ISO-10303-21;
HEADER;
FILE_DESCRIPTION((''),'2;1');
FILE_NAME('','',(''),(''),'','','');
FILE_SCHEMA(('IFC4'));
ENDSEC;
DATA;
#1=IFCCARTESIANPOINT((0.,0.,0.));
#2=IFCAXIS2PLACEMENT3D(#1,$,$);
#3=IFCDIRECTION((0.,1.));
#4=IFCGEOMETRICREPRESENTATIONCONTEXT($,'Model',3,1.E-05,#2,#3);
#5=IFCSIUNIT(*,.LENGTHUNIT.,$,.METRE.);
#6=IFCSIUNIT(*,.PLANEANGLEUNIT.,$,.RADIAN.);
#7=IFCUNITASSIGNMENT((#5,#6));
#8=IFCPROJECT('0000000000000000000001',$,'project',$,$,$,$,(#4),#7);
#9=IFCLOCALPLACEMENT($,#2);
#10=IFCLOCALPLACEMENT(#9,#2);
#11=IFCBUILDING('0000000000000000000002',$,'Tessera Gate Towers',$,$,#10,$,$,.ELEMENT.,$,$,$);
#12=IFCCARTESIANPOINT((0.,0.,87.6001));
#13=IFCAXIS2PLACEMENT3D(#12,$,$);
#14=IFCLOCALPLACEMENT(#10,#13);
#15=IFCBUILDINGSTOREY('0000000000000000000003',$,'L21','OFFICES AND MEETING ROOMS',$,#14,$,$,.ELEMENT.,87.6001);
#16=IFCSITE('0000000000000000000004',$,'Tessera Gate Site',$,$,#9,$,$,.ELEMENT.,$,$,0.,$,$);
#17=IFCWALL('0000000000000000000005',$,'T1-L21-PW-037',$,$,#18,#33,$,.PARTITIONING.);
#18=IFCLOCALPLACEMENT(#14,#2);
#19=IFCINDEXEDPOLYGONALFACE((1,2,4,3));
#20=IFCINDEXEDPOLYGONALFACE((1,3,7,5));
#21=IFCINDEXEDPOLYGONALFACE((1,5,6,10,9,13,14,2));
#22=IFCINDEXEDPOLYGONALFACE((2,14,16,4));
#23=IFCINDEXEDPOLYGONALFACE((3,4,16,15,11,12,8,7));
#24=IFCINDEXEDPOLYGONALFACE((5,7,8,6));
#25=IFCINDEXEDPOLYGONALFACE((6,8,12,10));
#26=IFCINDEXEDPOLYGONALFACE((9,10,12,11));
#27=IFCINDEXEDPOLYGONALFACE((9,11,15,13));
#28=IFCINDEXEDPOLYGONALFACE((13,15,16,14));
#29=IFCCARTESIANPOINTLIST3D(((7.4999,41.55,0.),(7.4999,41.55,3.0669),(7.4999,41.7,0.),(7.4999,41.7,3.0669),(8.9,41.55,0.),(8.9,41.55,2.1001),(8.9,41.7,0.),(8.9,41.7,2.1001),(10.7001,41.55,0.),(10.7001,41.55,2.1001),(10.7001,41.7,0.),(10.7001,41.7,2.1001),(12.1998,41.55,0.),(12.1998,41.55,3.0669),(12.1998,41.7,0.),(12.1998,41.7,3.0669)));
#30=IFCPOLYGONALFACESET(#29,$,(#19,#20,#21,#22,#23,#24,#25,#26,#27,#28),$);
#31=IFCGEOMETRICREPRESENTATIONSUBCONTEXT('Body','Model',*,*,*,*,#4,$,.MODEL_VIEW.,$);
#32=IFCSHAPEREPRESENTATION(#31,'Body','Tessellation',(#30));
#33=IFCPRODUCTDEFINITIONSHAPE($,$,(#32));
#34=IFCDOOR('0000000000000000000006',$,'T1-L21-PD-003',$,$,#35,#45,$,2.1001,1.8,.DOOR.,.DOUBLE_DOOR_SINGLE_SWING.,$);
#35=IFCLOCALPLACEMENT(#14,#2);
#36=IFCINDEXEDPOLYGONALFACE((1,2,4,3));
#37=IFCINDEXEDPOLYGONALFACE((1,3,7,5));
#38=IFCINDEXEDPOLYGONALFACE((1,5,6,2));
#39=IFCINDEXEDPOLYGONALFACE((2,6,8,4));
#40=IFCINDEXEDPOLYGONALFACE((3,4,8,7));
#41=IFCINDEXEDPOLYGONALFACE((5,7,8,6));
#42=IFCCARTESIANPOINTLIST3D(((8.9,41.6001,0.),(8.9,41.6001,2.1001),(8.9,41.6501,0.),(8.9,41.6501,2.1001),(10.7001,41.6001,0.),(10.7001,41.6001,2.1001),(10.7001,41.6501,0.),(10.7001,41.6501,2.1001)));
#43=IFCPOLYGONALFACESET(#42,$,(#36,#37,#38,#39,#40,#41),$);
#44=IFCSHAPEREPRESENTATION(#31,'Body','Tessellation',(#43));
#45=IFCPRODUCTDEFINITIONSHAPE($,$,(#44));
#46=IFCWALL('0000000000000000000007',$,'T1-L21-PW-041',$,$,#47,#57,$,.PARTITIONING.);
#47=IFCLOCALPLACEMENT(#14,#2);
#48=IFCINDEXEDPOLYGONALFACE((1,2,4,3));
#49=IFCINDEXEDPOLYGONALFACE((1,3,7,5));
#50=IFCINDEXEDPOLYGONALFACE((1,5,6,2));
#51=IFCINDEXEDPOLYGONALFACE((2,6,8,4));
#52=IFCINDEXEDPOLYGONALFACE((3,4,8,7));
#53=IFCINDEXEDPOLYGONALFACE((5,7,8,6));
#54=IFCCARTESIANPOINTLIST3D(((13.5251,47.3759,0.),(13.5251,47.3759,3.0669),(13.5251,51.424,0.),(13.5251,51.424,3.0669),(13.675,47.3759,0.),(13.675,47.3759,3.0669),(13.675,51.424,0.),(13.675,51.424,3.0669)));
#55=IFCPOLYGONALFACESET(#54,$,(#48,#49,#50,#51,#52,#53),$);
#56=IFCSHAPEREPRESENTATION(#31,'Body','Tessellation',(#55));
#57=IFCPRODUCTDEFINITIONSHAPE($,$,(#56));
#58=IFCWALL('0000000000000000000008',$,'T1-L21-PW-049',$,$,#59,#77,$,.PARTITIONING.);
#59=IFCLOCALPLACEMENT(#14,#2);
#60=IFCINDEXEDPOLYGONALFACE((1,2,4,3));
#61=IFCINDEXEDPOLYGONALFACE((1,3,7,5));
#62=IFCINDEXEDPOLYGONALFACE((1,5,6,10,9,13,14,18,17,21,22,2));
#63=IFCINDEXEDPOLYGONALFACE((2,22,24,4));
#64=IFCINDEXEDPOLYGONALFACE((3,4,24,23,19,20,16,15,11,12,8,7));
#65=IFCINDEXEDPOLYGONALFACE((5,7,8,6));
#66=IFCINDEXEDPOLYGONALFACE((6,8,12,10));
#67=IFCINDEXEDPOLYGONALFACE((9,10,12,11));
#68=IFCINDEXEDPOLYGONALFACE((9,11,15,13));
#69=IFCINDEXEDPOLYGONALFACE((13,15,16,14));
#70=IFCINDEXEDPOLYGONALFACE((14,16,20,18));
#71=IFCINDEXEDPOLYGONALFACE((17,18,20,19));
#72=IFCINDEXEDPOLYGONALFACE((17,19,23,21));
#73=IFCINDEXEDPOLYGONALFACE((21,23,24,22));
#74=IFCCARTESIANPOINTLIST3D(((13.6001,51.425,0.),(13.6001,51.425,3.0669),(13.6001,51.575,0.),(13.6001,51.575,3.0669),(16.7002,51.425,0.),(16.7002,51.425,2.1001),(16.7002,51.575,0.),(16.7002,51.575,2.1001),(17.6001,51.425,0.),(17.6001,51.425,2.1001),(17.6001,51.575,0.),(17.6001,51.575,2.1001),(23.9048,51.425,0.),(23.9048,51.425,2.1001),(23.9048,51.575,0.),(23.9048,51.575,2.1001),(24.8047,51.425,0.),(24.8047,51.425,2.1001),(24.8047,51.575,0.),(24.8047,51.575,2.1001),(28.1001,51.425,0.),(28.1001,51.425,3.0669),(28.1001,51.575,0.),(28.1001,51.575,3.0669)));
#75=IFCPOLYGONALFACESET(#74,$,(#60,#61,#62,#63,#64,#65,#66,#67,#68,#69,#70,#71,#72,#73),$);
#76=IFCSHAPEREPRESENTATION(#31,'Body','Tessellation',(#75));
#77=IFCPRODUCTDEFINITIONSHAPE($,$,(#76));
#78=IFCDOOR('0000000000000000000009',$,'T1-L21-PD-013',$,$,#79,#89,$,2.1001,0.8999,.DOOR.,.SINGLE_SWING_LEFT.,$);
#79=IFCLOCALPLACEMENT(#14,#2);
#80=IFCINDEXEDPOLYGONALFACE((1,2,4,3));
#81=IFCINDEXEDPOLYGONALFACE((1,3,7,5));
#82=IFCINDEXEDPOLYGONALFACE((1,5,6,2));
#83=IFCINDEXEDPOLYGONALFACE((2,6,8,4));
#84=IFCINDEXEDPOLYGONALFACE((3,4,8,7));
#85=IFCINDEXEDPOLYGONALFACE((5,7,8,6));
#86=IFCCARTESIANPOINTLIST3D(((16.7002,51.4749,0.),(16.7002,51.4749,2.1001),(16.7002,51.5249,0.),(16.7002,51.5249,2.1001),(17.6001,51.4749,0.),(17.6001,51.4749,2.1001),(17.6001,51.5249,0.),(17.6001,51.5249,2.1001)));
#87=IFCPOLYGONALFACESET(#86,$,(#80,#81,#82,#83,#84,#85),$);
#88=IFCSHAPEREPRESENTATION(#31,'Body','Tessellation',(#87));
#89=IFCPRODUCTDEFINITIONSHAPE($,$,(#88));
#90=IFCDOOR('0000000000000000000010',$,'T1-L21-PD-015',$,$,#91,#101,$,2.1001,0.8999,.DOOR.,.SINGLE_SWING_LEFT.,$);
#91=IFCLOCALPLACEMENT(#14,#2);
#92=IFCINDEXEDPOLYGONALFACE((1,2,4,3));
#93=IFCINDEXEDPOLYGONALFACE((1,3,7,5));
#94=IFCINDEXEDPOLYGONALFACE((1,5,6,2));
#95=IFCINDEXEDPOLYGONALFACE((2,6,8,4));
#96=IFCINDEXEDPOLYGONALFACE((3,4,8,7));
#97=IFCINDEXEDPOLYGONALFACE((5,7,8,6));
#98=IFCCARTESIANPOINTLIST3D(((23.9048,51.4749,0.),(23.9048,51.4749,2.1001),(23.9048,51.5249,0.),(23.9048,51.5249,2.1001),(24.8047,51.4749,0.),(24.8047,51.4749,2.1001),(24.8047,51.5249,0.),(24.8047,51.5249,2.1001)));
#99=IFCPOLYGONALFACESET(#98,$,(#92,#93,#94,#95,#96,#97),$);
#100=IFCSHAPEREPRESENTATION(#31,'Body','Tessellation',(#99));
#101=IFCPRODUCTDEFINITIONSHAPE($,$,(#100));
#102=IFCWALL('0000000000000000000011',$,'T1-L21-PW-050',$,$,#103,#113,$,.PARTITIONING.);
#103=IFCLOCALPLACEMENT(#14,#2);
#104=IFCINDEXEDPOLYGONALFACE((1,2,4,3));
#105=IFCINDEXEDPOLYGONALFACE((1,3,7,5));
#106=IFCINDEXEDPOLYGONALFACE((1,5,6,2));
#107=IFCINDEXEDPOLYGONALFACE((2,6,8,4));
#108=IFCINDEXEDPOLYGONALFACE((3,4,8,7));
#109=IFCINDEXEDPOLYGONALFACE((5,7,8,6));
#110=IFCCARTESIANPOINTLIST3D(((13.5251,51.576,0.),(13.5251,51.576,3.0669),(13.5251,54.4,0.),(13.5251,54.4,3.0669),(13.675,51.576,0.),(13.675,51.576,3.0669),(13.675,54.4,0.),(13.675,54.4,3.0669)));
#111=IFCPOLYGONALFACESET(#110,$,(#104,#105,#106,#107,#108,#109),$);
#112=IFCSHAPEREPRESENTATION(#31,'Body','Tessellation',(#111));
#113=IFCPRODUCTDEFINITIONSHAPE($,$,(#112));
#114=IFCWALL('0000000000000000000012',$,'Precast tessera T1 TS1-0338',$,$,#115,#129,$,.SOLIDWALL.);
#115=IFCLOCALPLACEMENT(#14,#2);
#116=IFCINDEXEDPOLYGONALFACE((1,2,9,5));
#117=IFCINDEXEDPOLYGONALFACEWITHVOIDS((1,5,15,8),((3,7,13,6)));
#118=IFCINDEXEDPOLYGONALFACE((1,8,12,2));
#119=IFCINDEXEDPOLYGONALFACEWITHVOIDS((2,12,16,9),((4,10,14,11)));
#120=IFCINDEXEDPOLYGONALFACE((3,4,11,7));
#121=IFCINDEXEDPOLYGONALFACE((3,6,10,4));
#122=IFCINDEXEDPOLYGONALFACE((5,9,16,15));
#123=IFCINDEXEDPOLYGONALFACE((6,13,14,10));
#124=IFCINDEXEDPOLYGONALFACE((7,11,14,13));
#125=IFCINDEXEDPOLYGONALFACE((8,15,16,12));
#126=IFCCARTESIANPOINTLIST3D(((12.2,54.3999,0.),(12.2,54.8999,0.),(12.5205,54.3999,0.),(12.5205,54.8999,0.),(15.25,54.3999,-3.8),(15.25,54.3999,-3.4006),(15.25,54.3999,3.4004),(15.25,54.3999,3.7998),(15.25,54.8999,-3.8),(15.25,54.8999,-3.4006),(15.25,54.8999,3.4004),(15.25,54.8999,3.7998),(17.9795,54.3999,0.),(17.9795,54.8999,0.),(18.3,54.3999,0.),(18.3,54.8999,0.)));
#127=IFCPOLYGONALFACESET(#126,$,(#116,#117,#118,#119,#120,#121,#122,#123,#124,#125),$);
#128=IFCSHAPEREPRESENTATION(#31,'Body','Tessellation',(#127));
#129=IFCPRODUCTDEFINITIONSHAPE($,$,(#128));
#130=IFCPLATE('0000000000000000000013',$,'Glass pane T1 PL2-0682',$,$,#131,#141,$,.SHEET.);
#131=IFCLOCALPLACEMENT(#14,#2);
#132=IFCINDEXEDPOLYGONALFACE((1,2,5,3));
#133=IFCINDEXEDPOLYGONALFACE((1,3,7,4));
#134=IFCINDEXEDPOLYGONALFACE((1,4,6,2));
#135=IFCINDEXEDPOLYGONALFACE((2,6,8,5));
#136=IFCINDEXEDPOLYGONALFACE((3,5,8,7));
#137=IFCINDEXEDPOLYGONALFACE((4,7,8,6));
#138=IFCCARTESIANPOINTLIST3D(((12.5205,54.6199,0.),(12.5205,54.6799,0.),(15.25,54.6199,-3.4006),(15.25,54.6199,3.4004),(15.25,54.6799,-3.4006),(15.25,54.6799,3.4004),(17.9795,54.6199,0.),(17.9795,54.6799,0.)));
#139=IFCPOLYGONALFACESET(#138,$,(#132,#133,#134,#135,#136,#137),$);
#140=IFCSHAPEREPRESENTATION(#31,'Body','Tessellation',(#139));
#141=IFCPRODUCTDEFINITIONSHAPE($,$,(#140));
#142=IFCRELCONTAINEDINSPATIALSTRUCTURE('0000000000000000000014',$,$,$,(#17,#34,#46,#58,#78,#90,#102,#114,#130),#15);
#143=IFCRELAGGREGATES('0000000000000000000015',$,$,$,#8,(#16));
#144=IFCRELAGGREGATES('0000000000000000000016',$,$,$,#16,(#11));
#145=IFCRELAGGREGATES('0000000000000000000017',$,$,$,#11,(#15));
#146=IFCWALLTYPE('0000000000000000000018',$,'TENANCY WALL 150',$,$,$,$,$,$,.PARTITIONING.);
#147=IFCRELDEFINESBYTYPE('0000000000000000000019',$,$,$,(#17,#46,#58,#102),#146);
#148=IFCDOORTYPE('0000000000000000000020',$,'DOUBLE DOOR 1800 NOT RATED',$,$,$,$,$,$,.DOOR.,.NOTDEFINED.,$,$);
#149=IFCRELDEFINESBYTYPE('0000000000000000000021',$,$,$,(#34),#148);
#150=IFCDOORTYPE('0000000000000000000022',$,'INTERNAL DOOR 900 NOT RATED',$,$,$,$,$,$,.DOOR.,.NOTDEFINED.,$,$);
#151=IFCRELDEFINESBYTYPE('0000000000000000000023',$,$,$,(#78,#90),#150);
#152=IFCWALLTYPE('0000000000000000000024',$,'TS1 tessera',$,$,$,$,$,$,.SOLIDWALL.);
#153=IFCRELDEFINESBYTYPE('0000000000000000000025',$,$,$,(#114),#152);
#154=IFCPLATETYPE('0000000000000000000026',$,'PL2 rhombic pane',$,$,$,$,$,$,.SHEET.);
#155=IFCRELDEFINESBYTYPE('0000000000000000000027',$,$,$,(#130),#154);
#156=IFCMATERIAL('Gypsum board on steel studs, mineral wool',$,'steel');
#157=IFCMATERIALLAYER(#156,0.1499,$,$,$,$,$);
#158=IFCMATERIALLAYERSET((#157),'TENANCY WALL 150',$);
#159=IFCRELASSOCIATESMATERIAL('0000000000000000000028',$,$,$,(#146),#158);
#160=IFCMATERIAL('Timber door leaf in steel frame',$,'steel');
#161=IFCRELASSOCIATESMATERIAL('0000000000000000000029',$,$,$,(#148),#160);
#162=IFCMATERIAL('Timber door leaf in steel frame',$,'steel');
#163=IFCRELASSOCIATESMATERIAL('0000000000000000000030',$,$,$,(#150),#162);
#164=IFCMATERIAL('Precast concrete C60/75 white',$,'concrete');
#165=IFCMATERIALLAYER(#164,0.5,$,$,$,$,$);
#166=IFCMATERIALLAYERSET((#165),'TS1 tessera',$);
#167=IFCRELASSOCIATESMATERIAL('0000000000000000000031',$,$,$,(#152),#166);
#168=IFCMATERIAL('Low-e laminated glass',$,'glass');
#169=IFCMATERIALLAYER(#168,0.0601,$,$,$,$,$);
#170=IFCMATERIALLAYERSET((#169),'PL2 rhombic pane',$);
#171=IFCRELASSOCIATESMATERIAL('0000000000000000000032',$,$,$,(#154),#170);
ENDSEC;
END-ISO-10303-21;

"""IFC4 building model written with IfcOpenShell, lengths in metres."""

from ifc_helpers import new_model, si_unit, direction, frame, frame_2d, origin, place, context, subcontext, project, spatial, polyline, rectangle, outline, extrude, source, transform, mapped, material, layer, layer_set, type_object, element, fill, save


model = new_model("IFC4")

# Units and contexts
model_context = context("Model", 3, precision=1e-05, world=origin(), true_north=direction((0.0, 1.0)))
body_context = subcontext(model_context, "Body", "Model", "MODEL_VIEW")
ifc_project = project(units=[si_unit("LENGTHUNIT", "METRE"), si_unit("PLANEANGLEUNIT", "RADIAN")], contexts=[model_context])

# Site, building, storey
site_placement = place(None, origin())
site = spatial("IfcSite", under=ifc_project, at=site_placement, Name="Tessera Gate Site", CompositionType="ELEMENT", RefElevation=0.0)
building_placement = place(site_placement, origin())
building = spatial("IfcBuilding", under=site, at=building_placement, Name="Tessera Gate Towers", CompositionType="ELEMENT")
storey_placement = place(building_placement, frame((0.0, 0.0, 87.6001)))
storey = spatial("IfcBuildingStorey", under=building, at=storey_placement, Name="L21", Description="OFFICES AND MEETING ROOMS", CompositionType="ELEMENT", Elevation=87.6001)

# Shared definitions
shared_shape_1 = source(origin(), body_context, "Body", "SweptSolid", [
    extrude(rectangle(XDim=0.8999, YDim=2.1001, at=frame_2d((0.45, 1.05))), frame((0.0, 0.0249, 0.0), z_axis=(0.0, -1.0, 0.0), x_axis=(1.0, 0.0, 0.0)), (0.0, 0.0, 1.0), 0.05),
])

# Shared definitions
ifc_material_1 = material(Name="Gypsum board on steel studs, mineral wool", Category="steel")
ifc_layer_1 = layer(ifc_material_1, 0.1499)
ifc_layer_set_1 = layer_set([ifc_layer_1], Name="TENANCY WALL 150")
wall_type_1 = type_object("IfcWallType", Name="TENANCY WALL 150", PredefinedType="PARTITIONING", material=ifc_layer_set_1)

# Wall, opening, door
wall_1_placement = place(storey_placement, frame((12.2, 41.625, 0.0), z_axis=(0.0, 0.0, 1.0), x_axis=(-1.0, 0.0, 0.0)))
wall_1 = element("IfcWall", 1, at=wall_1_placement, inside=storey, type_object=wall_type_1, Name="T1-L21-PW-037", PredefinedType="PARTITIONING", context=body_context, shape_type="SweptSolid", body=[
    extrude(rectangle(XDim=4.7, YDim=0.1499, at=frame_2d((2.3501, 0.0))), origin(), (0.0, 0.0, 1.0), 3.0669),
])
shared_shape_2 = source(origin(), body_context, "Body", "SweptSolid", [
    extrude(rectangle(XDim=1.8, YDim=2.1001, at=frame_2d((0.8999, 1.05))), frame((0.0, 0.085, 0.0), z_axis=(0.0, -1.0, 0.0), x_axis=(1.0, 0.0, 0.0)), (0.0, 0.0, 1.0), 0.1699),
])
opening_1_placement = place(wall_1_placement, frame((1.5, 0.0, 0.0)))
opening_1 = element("IfcOpeningElement", 2, at=opening_1_placement, cuts=wall_1, PredefinedType="OPENING", context=body_context, shape_type="MappedRepresentation", body=[
    mapped(shared_shape_2, transform((0.0, 0.0, 0.0), scale=1.0)),
])
ifc_material_2 = material(Name="Timber door leaf in steel frame", Category="steel")
door_type_1 = type_object("IfcDoorType", Name="DOUBLE DOOR 1800 NOT RATED", OperationType="NOTDEFINED", PredefinedType="DOOR", material=ifc_material_2)
shared_shape_3 = source(origin(), body_context, "Body", "SweptSolid", [
    extrude(rectangle(XDim=1.8, YDim=2.1001, at=frame_2d((0.8999, 1.05))), frame((0.0, 0.0249, 0.0), z_axis=(0.0, -1.0, 0.0), x_axis=(1.0, 0.0, 0.0)), (0.0, 0.0, 1.0), 0.05),
])
door_1_placement = place(opening_1_placement, origin())
door_1 = element("IfcDoor", 3, at=door_1_placement, inside=storey, type_object=door_type_1, Name="T1-L21-PD-003", OperationType="DOUBLE_DOOR_SINGLE_SWING", OverallHeight=2.1001, OverallWidth=1.8, PredefinedType="DOOR", context=body_context, shape_type="MappedRepresentation", body=[
    mapped(shared_shape_3, transform((0.0, 0.0, 0.0), scale=1.0)),
])
fill(opening_1, door_1)

# Wall
wall_2_placement = place(storey_placement, frame((13.6001, 47.376, 0.0), z_axis=(0.0, 0.0, 1.0), x_axis=(0.0, 1.0, 0.0)))
element("IfcWall", 4, at=wall_2_placement, inside=storey, type_object=wall_type_1, Name="T1-L21-PW-041", PredefinedType="PARTITIONING", context=body_context, shape_type="SweptSolid", body=[
    extrude(rectangle(XDim=4.0481, YDim=0.1499, at=frame_2d((2.0239, 0.0))), origin(), (0.0, 0.0, 1.0), 3.0669),
])

# Wall, openings, doors
wall_3_placement = place(storey_placement, frame((13.6001, 51.5, 0.0), z_axis=(0.0, 0.0, 1.0), x_axis=(1.0, 0.0, 0.0)))
wall_3 = element("IfcWall", 5, at=wall_3_placement, inside=storey, type_object=wall_type_1, Name="T1-L21-PW-049", PredefinedType="PARTITIONING", context=body_context, shape_type="SweptSolid", body=[
    extrude(rectangle(XDim=14.5, YDim=0.1499, at=frame_2d((7.25, 0.0))), origin(), (0.0, 0.0, 1.0), 3.0669),
])
shared_shape_4 = source(origin(), body_context, "Body", "SweptSolid", [
    extrude(rectangle(XDim=0.8999, YDim=2.1001, at=frame_2d((0.45, 1.05))), frame((0.0, 0.085, 0.0), z_axis=(0.0, -1.0, 0.0), x_axis=(1.0, 0.0, 0.0)), (0.0, 0.0, 1.0), 0.1699),
])
opening_2_placement = place(wall_3_placement, frame((3.1001, 0.0, 0.0)))
opening_2 = element("IfcOpeningElement", 6, at=opening_2_placement, cuts=wall_3, PredefinedType="OPENING", context=body_context, shape_type="MappedRepresentation", body=[
    mapped(shared_shape_4, transform((0.0, 0.0, 0.0), scale=1.0)),
])
opening_3_placement = place(wall_3_placement, frame((10.3047, 0.0, 0.0)))
opening_3 = element("IfcOpeningElement", 7, at=opening_3_placement, cuts=wall_3, PredefinedType="OPENING", context=body_context, shape_type="MappedRepresentation", body=[
    mapped(shared_shape_4, transform((0.0, 0.0, 0.0), scale=1.0)),
])
ifc_material_3 = material(Name="Timber door leaf in steel frame", Category="steel")
door_type_2 = type_object("IfcDoorType", Name="INTERNAL DOOR 900 NOT RATED", OperationType="NOTDEFINED", PredefinedType="DOOR", material=ifc_material_3)
door_2_placement = place(opening_2_placement, origin())
door_2 = element("IfcDoor", 8, at=door_2_placement, inside=storey, type_object=door_type_2, Name="T1-L21-PD-013", OperationType="SINGLE_SWING_LEFT", OverallHeight=2.1001, OverallWidth=0.8999, PredefinedType="DOOR", context=body_context, shape_type="MappedRepresentation", body=[
    mapped(shared_shape_1, transform((0.0, 0.0, 0.0), scale=1.0)),
])
fill(opening_2, door_2)
door_3_placement = place(opening_3_placement, origin())
door_3 = element("IfcDoor", 9, at=door_3_placement, inside=storey, type_object=door_type_2, Name="T1-L21-PD-015", OperationType="SINGLE_SWING_LEFT", OverallHeight=2.1001, OverallWidth=0.8999, PredefinedType="DOOR", context=body_context, shape_type="MappedRepresentation", body=[
    mapped(shared_shape_1, transform((0.0, 0.0, 0.0), scale=1.0)),
])
fill(opening_3, door_3)

# Wall
wall_4_placement = place(storey_placement, frame((13.6001, 51.5759, 0.0), z_axis=(0.0, 0.0, 1.0), x_axis=(0.0, 1.0, 0.0)))
element("IfcWall", 10, at=wall_4_placement, inside=storey, type_object=wall_type_1, Name="T1-L21-PW-050", PredefinedType="PARTITIONING", context=body_context, shape_type="SweptSolid", body=[
    extrude(rectangle(XDim=2.824, YDim=0.1499, at=frame_2d((1.4121, 0.0))), origin(), (0.0, 0.0, 1.0), 3.0669),
])

# Wall, opening, plate
ifc_material_4 = material(Name="Precast concrete C60/75 white", Category="concrete")
ifc_layer_2 = layer(ifc_material_4, 0.5)
ifc_layer_set_2 = layer_set([ifc_layer_2], Name="TS1 tessera")
wall_type_2 = type_object("IfcWallType", Name="TS1 tessera", PredefinedType="SOLIDWALL", material=ifc_layer_set_2)
shared_shape_5 = source(origin(), body_context, "Body", "SweptSolid", [
    extrude(outline(polyline([(3.05, 0.0), (6.1001, 3.8), (3.05, 7.5999), (0.0, 3.8), (3.05, 0.0)])), frame((0.0, 0.25, 0.0), z_axis=(0.0, -1.0, 0.0), x_axis=(1.0, 0.0, 0.0)), (0.0, 0.0, 1.0), 0.5),
])
wall_5_placement = place(storey_placement, frame((18.3, 54.6499, -3.8), z_axis=(0.0, 0.0, 1.0), x_axis=(-1.0, 0.0, 0.0)))
wall_5 = element("IfcWall", 11, at=wall_5_placement, inside=storey, type_object=wall_type_2, Name="Precast tessera T1 TS1-0338", PredefinedType="SOLIDWALL", context=body_context, shape_type="MappedRepresentation", body=[
    mapped(shared_shape_5, transform((0.0, 0.0, 0.0), scale=1.0)),
])
shared_shape_6 = source(origin(), body_context, "Body", "SweptSolid", [
    extrude(outline(polyline([(3.05, 0.3994), (5.7795, 3.8), (3.05, 7.2004), (0.3206, 3.8), (3.05, 0.3994)])), frame((0.0, 0.26, 0.0), z_axis=(0.0, -1.0, 0.0), x_axis=(1.0, 0.0, 0.0)), (0.0, 0.0, 1.0), 0.52),
])
opening_4_placement = place(wall_5_placement, origin())
opening_4 = element("IfcOpeningElement", 12, at=opening_4_placement, cuts=wall_5, PredefinedType="OPENING", context=body_context, shape_type="MappedRepresentation", body=[
    mapped(shared_shape_6, transform((0.0, 0.0, 0.0), scale=1.0)),
])
ifc_material_5 = material(Name="Low-e laminated glass", Category="glass")
ifc_layer_3 = layer(ifc_material_5, 0.0601)
ifc_layer_set_3 = layer_set([ifc_layer_3], Name="PL2 rhombic pane")
plate_type = type_object("IfcPlateType", Name="PL2 rhombic pane", PredefinedType="SHEET", material=ifc_layer_set_3)
shared_shape_7 = source(origin(), body_context, "Body", "SweptSolid", [
    extrude(outline(polyline([(3.05, 0.3994), (5.7795, 3.8), (3.05, 7.2004), (0.3206, 3.8), (3.05, 0.3994)])), frame((0.0, 0.03, 0.0), z_axis=(0.0, -1.0, 0.0), x_axis=(1.0, 0.0, 0.0)), (0.0, 0.0, 1.0), 0.0601),
])
plate_placement = place(opening_4_placement, origin())
plate = element("IfcPlate", 13, at=plate_placement, inside=storey, type_object=plate_type, Name="Glass pane T1 PL2-0682", PredefinedType="SHEET", context=body_context, shape_type="MappedRepresentation", body=[
    mapped(shared_shape_7, transform((0.0, 0.0, 0.0), scale=1.0)),
])
fill(opening_4, plate)

save(model, "model.ifc")
